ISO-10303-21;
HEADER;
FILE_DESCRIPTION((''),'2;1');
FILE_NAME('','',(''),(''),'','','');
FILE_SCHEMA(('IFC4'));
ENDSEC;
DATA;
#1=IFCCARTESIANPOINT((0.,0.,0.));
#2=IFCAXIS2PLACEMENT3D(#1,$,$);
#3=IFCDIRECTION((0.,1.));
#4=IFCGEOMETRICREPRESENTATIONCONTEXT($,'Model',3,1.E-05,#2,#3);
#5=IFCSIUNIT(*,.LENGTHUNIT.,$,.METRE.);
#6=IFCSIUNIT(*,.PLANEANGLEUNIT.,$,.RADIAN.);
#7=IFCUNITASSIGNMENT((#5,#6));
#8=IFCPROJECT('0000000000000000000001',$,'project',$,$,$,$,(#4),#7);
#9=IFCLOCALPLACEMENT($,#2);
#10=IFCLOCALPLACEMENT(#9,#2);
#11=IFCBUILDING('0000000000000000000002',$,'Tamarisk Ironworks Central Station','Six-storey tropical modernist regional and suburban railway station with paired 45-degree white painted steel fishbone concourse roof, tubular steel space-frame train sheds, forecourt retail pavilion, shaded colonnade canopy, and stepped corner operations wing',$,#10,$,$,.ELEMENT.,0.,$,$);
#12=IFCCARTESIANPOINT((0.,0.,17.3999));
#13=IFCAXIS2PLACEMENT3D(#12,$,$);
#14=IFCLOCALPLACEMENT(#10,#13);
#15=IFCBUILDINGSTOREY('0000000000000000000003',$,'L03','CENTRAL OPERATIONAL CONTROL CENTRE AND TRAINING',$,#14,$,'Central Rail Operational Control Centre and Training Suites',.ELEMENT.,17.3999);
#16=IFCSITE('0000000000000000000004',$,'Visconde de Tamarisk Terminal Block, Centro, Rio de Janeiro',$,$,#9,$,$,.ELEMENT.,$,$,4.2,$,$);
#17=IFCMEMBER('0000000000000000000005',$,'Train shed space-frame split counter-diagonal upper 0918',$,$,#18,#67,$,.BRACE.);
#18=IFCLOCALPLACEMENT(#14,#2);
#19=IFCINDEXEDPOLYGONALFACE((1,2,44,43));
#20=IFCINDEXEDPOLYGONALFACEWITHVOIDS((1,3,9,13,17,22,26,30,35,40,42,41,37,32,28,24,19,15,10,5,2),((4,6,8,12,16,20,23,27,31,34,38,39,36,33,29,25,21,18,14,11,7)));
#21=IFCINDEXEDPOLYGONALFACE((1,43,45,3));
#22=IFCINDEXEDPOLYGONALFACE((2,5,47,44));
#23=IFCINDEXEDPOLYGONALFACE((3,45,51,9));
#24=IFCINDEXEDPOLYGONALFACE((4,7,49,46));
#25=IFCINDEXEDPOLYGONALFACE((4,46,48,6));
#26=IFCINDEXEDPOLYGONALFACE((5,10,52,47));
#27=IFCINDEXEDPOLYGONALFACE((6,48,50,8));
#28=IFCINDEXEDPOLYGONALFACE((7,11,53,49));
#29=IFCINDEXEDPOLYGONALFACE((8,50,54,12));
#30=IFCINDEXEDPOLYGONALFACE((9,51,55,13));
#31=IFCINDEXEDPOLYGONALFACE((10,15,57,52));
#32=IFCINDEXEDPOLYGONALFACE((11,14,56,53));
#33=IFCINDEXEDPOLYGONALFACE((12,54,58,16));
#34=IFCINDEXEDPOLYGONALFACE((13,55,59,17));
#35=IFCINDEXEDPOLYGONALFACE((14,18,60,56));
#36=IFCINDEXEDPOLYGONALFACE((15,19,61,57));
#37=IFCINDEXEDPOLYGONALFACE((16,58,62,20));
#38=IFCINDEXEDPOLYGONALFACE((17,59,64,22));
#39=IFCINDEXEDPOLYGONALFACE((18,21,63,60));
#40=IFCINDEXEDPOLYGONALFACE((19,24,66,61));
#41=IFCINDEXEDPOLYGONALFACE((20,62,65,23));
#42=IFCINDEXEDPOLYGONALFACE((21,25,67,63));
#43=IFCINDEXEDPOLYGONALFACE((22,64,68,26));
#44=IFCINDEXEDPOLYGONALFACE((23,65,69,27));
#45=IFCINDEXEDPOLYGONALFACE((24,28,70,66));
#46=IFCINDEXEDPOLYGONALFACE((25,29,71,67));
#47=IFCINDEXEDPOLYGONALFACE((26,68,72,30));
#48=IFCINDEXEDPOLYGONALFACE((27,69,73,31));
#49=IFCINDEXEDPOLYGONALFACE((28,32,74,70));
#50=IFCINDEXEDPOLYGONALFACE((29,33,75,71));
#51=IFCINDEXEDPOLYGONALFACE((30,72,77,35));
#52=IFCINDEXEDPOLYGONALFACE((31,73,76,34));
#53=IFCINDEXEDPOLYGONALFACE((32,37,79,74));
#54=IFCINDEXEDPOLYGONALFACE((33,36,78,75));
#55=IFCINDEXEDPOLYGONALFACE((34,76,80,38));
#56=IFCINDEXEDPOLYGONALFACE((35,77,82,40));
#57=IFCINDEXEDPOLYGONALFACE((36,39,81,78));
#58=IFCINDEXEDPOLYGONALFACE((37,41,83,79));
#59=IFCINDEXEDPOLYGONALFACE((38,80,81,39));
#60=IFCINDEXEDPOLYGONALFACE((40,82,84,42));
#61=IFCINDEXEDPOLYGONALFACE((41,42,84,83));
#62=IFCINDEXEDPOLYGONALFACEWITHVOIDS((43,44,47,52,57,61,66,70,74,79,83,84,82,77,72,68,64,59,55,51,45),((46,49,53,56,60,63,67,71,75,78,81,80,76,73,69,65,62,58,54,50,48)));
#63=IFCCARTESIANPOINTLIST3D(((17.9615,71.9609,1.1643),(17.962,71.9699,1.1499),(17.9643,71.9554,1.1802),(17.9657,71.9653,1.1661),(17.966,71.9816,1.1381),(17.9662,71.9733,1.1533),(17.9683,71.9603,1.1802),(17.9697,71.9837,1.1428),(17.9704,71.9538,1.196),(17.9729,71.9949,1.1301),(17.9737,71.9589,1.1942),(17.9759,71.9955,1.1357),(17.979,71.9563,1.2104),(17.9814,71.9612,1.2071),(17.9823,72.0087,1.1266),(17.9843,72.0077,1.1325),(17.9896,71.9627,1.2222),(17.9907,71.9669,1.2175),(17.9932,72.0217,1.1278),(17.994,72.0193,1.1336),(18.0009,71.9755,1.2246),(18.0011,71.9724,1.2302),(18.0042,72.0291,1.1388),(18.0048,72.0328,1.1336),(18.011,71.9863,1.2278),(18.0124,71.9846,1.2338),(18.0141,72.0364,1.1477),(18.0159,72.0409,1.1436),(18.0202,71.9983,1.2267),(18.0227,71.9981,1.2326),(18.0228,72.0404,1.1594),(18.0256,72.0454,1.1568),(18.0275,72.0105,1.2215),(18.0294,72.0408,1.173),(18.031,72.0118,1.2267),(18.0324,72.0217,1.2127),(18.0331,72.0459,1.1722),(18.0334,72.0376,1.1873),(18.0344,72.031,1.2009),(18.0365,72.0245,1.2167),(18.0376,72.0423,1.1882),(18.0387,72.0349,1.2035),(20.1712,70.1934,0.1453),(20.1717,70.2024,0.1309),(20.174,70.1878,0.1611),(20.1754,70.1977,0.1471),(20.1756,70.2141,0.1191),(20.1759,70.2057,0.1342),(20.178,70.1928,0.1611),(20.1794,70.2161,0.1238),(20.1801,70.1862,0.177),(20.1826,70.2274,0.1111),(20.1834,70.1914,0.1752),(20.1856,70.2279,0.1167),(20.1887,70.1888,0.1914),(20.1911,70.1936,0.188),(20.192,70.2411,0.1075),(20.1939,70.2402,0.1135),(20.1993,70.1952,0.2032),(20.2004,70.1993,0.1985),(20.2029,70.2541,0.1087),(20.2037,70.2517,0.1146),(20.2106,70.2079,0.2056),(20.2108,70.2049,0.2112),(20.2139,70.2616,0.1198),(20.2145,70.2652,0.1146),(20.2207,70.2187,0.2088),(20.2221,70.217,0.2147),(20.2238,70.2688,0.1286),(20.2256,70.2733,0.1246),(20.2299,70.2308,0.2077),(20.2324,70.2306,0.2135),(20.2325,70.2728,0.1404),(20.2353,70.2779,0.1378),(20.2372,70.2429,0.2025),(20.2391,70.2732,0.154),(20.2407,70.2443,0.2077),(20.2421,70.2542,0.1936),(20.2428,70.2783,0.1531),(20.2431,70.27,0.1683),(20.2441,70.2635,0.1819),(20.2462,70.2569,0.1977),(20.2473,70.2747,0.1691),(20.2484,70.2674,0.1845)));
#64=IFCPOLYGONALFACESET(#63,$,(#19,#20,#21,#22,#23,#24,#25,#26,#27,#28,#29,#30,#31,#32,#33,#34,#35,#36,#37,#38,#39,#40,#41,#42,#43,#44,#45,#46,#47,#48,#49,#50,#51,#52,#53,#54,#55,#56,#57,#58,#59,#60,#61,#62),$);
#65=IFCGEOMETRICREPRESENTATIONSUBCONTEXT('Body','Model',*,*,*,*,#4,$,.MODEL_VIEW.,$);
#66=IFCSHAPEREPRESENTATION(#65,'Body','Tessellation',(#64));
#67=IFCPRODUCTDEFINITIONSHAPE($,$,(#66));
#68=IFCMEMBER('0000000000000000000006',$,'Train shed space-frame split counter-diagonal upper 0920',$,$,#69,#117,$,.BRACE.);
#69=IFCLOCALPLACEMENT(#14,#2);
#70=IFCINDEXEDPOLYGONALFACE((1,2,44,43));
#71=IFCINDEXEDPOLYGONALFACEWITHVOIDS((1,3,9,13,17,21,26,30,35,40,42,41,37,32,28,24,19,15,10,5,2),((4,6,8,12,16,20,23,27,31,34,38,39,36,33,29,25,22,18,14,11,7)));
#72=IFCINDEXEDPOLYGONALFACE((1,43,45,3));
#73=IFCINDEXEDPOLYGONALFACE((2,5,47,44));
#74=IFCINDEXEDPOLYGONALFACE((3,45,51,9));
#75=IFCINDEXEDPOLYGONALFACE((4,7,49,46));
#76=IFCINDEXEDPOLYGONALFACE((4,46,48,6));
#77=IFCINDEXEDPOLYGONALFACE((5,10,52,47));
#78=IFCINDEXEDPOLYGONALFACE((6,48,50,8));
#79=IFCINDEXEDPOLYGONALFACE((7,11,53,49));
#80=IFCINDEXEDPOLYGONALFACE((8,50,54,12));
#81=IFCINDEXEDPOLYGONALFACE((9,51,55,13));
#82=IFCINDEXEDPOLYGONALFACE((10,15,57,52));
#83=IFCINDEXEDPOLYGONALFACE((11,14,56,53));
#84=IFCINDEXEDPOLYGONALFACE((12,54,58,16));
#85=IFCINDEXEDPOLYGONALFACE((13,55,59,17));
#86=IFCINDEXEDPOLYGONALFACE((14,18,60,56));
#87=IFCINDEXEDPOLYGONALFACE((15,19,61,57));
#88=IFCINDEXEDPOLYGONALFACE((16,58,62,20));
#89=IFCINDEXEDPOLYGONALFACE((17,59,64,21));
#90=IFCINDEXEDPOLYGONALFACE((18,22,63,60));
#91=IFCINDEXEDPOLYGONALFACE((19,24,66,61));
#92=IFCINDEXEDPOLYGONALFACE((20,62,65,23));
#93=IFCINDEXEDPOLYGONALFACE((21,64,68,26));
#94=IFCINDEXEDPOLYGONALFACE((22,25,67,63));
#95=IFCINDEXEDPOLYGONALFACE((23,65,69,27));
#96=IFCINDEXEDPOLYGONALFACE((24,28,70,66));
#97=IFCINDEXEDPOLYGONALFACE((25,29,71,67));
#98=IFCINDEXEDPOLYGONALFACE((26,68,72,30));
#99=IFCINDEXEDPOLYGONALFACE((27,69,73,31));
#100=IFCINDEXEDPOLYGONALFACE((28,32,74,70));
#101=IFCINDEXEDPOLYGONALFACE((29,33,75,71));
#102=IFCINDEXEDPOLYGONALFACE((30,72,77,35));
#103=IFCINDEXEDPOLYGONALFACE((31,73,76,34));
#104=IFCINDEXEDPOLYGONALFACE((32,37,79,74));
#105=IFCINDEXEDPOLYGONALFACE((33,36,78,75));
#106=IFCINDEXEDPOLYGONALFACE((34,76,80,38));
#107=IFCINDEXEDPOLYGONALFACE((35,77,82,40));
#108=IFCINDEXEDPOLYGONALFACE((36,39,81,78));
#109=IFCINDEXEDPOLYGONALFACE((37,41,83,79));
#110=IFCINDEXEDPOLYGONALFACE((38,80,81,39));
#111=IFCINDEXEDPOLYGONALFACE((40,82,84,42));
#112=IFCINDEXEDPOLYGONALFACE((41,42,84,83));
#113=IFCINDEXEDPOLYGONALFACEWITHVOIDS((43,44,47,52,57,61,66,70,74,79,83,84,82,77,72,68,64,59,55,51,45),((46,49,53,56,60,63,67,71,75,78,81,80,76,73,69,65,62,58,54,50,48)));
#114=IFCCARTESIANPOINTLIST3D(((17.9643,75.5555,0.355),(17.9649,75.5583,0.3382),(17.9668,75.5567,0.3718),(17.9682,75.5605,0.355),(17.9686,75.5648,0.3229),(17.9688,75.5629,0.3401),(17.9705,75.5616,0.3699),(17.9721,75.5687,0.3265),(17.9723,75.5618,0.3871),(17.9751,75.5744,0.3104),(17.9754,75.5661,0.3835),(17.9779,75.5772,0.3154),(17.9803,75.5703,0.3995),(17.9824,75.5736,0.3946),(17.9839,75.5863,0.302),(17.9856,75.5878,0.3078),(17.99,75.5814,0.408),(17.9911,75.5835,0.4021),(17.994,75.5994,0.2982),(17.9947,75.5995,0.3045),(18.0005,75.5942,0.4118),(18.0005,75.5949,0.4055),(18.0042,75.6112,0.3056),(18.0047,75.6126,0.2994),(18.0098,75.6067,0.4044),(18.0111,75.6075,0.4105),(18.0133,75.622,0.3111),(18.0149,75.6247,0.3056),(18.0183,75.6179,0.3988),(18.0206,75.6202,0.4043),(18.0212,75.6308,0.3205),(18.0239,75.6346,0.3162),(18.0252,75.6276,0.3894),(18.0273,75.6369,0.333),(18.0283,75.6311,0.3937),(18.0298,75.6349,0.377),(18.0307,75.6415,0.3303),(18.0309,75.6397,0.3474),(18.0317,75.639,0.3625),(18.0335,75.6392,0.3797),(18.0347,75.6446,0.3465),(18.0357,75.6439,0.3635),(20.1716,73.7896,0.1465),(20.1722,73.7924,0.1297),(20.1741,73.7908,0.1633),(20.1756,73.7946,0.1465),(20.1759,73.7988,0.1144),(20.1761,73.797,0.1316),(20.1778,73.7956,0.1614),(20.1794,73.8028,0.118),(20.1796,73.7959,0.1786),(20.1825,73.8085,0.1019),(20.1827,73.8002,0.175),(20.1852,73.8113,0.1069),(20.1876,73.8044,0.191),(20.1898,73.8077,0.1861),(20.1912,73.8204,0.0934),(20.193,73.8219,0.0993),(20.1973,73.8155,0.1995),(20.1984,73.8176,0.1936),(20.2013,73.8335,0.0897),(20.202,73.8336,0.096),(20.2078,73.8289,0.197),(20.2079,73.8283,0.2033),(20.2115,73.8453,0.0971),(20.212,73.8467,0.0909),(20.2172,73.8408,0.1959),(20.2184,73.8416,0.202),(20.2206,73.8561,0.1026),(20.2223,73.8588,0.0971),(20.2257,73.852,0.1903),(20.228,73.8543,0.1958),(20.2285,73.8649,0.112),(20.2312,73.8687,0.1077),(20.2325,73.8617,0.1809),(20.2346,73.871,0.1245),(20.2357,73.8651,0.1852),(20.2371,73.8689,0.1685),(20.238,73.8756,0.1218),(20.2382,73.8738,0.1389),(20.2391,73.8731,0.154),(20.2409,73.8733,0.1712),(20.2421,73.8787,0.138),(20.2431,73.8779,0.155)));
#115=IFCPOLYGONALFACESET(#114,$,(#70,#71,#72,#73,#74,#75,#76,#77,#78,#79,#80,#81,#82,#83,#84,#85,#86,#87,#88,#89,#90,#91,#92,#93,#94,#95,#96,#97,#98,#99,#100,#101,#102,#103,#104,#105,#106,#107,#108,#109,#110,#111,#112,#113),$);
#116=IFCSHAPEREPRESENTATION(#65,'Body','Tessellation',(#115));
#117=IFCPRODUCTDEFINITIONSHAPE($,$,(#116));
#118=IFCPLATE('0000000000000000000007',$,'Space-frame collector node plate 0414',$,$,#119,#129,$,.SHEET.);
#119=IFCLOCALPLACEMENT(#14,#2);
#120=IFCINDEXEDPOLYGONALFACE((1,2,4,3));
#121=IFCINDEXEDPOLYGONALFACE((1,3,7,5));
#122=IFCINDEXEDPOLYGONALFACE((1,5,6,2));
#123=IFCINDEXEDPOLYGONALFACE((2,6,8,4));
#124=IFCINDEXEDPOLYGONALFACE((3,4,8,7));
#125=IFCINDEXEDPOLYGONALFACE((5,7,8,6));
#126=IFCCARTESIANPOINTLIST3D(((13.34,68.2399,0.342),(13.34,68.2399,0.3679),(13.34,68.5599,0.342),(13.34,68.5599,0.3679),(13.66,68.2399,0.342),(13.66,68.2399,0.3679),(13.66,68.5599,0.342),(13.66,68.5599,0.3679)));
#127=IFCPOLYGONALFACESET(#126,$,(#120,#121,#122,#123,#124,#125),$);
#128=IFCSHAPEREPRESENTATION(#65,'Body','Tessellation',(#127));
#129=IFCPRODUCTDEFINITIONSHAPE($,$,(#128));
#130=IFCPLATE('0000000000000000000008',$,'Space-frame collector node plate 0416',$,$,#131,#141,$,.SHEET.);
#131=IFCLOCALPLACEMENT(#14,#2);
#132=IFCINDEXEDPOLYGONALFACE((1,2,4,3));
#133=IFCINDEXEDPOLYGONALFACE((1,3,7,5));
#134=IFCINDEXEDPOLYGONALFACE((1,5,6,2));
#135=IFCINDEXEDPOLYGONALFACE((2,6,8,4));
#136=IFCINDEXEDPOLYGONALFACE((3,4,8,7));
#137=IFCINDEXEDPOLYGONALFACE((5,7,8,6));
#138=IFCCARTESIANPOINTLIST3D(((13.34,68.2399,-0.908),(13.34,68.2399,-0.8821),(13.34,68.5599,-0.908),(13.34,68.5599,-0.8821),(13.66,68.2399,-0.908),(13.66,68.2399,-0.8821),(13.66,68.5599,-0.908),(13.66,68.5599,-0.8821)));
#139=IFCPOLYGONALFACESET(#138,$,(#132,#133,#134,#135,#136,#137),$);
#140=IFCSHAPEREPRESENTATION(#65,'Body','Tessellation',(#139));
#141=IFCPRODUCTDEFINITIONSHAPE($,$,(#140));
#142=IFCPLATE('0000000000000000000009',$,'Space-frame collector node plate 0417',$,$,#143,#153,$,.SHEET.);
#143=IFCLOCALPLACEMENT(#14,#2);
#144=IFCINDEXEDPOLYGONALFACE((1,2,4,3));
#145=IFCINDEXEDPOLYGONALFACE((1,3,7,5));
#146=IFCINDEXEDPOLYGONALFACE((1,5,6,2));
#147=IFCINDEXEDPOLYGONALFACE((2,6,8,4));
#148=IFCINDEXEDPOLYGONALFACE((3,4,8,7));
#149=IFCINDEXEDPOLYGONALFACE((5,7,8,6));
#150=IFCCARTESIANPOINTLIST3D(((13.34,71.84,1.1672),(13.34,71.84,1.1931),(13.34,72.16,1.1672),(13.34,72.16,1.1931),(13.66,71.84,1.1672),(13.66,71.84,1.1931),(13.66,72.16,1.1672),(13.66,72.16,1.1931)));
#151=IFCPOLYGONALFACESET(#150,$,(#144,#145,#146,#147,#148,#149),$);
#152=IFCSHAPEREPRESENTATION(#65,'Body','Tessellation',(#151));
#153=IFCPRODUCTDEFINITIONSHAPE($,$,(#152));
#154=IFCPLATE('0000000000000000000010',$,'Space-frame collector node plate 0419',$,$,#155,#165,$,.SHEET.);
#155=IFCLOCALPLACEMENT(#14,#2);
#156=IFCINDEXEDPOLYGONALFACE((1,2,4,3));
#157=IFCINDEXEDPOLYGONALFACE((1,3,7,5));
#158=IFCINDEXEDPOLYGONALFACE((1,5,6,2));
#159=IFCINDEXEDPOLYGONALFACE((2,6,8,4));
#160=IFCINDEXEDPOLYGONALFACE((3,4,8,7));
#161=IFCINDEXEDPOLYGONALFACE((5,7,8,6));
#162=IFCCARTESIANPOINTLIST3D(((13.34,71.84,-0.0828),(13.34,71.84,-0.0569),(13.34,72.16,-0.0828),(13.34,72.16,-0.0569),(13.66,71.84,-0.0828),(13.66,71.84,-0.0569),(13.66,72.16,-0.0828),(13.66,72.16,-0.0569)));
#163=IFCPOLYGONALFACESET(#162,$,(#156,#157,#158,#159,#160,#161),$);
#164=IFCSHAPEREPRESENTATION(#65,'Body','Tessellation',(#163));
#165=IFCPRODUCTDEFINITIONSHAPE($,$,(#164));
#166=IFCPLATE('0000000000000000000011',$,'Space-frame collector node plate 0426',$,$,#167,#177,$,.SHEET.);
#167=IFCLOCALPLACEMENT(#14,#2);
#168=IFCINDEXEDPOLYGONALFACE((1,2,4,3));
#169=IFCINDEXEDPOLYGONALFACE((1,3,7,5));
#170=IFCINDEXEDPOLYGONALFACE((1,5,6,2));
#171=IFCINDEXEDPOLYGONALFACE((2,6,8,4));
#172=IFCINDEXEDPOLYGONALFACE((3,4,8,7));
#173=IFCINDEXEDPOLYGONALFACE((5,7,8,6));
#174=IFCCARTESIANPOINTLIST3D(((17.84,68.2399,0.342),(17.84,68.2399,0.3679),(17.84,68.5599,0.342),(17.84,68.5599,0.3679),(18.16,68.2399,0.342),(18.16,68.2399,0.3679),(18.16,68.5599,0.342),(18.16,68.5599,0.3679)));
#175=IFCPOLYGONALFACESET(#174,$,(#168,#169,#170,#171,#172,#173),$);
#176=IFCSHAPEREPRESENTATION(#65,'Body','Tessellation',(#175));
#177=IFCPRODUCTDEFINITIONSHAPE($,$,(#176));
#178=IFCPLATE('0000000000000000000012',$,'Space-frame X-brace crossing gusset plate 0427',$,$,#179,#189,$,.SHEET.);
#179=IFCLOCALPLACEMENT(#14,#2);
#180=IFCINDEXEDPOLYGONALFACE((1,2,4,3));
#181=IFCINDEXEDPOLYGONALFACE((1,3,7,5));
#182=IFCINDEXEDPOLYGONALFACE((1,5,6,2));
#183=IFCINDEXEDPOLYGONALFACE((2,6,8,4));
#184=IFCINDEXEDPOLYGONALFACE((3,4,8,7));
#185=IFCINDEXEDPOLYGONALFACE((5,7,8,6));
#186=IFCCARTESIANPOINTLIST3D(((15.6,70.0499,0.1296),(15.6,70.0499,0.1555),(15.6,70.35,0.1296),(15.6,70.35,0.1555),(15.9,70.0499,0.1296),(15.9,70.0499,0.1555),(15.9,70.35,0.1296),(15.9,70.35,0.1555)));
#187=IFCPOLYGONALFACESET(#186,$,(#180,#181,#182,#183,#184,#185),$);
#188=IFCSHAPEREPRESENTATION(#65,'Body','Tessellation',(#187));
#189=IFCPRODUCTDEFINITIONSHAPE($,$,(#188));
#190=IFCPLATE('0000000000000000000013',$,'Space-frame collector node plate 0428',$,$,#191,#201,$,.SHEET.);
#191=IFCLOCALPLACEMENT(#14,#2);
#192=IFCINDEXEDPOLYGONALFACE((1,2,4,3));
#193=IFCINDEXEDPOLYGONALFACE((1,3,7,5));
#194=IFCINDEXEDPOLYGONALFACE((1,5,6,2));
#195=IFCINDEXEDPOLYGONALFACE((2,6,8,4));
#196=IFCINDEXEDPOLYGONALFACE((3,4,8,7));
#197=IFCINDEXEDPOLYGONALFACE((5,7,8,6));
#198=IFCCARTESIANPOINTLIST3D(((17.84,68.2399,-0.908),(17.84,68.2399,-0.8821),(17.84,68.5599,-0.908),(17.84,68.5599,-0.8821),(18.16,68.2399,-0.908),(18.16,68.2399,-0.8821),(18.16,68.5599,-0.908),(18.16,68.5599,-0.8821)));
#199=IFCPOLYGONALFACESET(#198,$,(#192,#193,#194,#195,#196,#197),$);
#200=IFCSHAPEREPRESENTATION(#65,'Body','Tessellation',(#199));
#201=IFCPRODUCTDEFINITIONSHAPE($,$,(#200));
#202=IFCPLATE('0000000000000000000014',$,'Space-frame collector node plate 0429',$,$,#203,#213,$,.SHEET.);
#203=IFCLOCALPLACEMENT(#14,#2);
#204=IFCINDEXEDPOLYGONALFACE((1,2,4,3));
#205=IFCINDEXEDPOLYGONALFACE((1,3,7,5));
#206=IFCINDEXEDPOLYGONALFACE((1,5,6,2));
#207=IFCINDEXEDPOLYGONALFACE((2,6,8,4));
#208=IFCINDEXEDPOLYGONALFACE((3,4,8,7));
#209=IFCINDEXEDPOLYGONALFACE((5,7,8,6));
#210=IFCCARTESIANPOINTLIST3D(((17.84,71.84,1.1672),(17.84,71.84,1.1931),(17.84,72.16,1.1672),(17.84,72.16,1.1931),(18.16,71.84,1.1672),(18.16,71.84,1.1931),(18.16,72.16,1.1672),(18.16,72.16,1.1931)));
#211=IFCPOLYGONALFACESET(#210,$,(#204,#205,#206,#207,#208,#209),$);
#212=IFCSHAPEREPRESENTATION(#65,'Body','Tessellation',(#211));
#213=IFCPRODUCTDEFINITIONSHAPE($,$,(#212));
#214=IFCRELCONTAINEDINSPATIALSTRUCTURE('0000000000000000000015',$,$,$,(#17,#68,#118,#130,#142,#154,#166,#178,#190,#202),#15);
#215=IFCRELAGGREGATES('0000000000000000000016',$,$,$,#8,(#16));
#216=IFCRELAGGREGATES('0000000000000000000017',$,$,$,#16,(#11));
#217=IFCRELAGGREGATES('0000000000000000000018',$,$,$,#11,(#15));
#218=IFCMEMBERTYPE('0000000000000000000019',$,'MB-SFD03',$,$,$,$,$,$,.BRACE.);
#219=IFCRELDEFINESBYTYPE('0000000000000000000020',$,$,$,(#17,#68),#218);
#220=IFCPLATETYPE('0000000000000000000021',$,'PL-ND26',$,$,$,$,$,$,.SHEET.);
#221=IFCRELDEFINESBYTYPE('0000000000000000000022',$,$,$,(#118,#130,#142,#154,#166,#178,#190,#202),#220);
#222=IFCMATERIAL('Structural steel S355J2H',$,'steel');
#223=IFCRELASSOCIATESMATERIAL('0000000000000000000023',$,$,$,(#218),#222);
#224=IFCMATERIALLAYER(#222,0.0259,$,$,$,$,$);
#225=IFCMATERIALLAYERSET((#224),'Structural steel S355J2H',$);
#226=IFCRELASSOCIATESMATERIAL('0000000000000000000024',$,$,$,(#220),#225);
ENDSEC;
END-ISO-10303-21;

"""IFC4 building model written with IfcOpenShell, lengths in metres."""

from ifc_helpers import new_model, si_unit, direction, frame, origin, origin_2d, place, context, subcontext, project, spatial, rectangle, hollow_circle, extrude, material, layer, layer_set, material_profile, profile_set, type_object, element, save


model = new_model("IFC4")

# Units and contexts
model_context = context("Model", 3, precision=1e-05, world=origin(), true_north=direction((0.0, 1.0)))
body_context = subcontext(model_context, "Body", "Model", "MODEL_VIEW")
ifc_project = project(units=[si_unit("LENGTHUNIT", "METRE"), si_unit("PLANEANGLEUNIT", "RADIAN")], contexts=[model_context])

# Site, building, storey
site_placement = place(None, origin())
site = spatial("IfcSite", under=ifc_project, at=site_placement, Name="Visconde de Tamarisk Terminal Block, Centro, Rio de Janeiro", CompositionType="ELEMENT", RefElevation=4.2)
building_placement = place(site_placement, origin())
building = spatial("IfcBuilding", under=site, at=building_placement, Name="Tamarisk Ironworks Central Station", Description="Six-storey tropical modernist regional and suburban railway station with paired 45-degree white painted steel fishbone concourse roof, tubular steel space-frame train sheds, forecourt retail pavilion, shaded colonnade canopy, and stepped corner operations wing", CompositionType="ELEMENT", ElevationOfRefHeight=0.0)
storey_placement = place(building_placement, frame((0.0, 0.0, 17.3999)))
storey = spatial("IfcBuildingStorey", under=building, at=storey_placement, Name="L03", Description="CENTRAL OPERATIONAL CONTROL CENTRE AND TRAINING", LongName="Central Rail Operational Control Centre and Training Suites", CompositionType="ELEMENT", Elevation=17.3999)

# Members
ifc_material = material(Name="Structural steel S355J2H", Category="steel")
ifc_material_profile_1 = material_profile(ifc_material, hollow_circle(Radius=0.0571, WallThickness=0.0063, at=origin_2d()), Name="CHS 114.3x6.3")
ifc_profile_set_1 = profile_set([ifc_material_profile_1], Name="Structural steel S355J2H")
member_type_1 = type_object("IfcMemberType", Name="MB-SFD03", PredefinedType="BRACE", material=ifc_profile_set_1)
member_1_placement = place(storey_placement, frame((20.2097, 70.2324, 0.1611), z_axis=(-0.734712, 0.587705, 0.338823), x_axis=(-0.624653, -0.780902, 0.0)))
element("IfcMember", 1, at=member_1_placement, inside=storey, type_object=member_type_1, Name="Train shed space-frame split counter-diagonal upper 0918", PredefinedType="BRACE", context=body_context, shape_type="SweptSolid", body=[
    extrude(hollow_circle(Radius=0.0571, WallThickness=0.0063, at=origin_2d()), origin(), (0.0, 0.0, 1.0), 3.0076),
])
member_2_placement = place(storey_placement, frame((20.2073, 73.8342, 0.1465), z_axis=(-0.778745, 0.623013, 0.073559), x_axis=(-0.624706, -0.78086, 0.0)))
element("IfcMember", 2, at=member_2_placement, inside=storey, type_object=member_type_1, Name="Train shed space-frame split counter-diagonal upper 0920", PredefinedType="BRACE", context=body_context, shape_type="SweptSolid", body=[
    extrude(hollow_circle(Radius=0.0571, WallThickness=0.0063, at=origin_2d()), origin(), (0.0, 0.0, 1.0), 2.8345),
])

# Plates
ifc_layer = layer(ifc_material, 0.0259)
ifc_layer_set = layer_set([ifc_layer], Name="Structural steel S355J2H")
plate_type = type_object("IfcPlateType", Name="PL-ND26", PredefinedType="SHEET", material=ifc_layer_set)
for number, where, z_axis, x_axis, name in (
    (3, (13.5, 68.3999, 0.342), (0.0, 0.0, 1.0), (1.0, 0.0, 0.0), "Space-frame collector node plate 0414"),
    (4, (13.5, 68.3999, -0.908), (0.0, 0.0, 1.0), (1.0, 0.0, 0.0), "Space-frame collector node plate 0416"),
    (5, (13.5, 72.0, 1.1672), (0.0, 0.0, 1.0), (1.0, 0.0, 0.0), "Space-frame collector node plate 0417"),
    (6, (13.5, 72.0, -0.0828), (0.0, 0.0, 1.0), (1.0, 0.0, 0.0), "Space-frame collector node plate 0419"),
    (7, (18.0, 68.3999, 0.342), (0.0, 0.0, 1.0), (1.0, 0.0, 0.0), "Space-frame collector node plate 0426"),
):
    element("IfcPlate", number, at=place(storey_placement, frame(where, z_axis=z_axis, x_axis=x_axis)), inside=storey, type_object=plate_type, Name=name, PredefinedType="SHEET", context=body_context, shape_type="SweptSolid", body=[
        extrude(rectangle(XDim=0.3201, YDim=0.3201, at=origin_2d()), origin(), (0.0, 0.0, 1.0), 0.0259),
    ])
plate_1_placement = place(storey_placement, frame((15.75, 70.2, 0.1296), z_axis=(0.0, 0.0, 1.0), x_axis=(1.0, 0.0, 0.0)))
element("IfcPlate", 8, at=plate_1_placement, inside=storey, type_object=plate_type, Name="Space-frame X-brace crossing gusset plate 0427", PredefinedType="SHEET", context=body_context, shape_type="SweptSolid", body=[
    extrude(rectangle(XDim=0.3, YDim=0.3, at=origin_2d()), origin(), (0.0, 0.0, 1.0), 0.0259),
])
for number, where, z_axis, x_axis, name in (
    (9, (18.0, 68.3999, -0.908), (0.0, 0.0, 1.0), (1.0, 0.0, 0.0), "Space-frame collector node plate 0428"),
    (10, (18.0, 72.0, 1.1672), (0.0, 0.0, 1.0), (1.0, 0.0, 0.0), "Space-frame collector node plate 0429"),
):
    element("IfcPlate", number, at=place(storey_placement, frame(where, z_axis=z_axis, x_axis=x_axis)), inside=storey, type_object=plate_type, Name=name, PredefinedType="SHEET", context=body_context, shape_type="SweptSolid", body=[
        extrude(rectangle(XDim=0.3201, YDim=0.3201, at=origin_2d()), origin(), (0.0, 0.0, 1.0), 0.0259),
    ])

save(model, "model.ifc")
